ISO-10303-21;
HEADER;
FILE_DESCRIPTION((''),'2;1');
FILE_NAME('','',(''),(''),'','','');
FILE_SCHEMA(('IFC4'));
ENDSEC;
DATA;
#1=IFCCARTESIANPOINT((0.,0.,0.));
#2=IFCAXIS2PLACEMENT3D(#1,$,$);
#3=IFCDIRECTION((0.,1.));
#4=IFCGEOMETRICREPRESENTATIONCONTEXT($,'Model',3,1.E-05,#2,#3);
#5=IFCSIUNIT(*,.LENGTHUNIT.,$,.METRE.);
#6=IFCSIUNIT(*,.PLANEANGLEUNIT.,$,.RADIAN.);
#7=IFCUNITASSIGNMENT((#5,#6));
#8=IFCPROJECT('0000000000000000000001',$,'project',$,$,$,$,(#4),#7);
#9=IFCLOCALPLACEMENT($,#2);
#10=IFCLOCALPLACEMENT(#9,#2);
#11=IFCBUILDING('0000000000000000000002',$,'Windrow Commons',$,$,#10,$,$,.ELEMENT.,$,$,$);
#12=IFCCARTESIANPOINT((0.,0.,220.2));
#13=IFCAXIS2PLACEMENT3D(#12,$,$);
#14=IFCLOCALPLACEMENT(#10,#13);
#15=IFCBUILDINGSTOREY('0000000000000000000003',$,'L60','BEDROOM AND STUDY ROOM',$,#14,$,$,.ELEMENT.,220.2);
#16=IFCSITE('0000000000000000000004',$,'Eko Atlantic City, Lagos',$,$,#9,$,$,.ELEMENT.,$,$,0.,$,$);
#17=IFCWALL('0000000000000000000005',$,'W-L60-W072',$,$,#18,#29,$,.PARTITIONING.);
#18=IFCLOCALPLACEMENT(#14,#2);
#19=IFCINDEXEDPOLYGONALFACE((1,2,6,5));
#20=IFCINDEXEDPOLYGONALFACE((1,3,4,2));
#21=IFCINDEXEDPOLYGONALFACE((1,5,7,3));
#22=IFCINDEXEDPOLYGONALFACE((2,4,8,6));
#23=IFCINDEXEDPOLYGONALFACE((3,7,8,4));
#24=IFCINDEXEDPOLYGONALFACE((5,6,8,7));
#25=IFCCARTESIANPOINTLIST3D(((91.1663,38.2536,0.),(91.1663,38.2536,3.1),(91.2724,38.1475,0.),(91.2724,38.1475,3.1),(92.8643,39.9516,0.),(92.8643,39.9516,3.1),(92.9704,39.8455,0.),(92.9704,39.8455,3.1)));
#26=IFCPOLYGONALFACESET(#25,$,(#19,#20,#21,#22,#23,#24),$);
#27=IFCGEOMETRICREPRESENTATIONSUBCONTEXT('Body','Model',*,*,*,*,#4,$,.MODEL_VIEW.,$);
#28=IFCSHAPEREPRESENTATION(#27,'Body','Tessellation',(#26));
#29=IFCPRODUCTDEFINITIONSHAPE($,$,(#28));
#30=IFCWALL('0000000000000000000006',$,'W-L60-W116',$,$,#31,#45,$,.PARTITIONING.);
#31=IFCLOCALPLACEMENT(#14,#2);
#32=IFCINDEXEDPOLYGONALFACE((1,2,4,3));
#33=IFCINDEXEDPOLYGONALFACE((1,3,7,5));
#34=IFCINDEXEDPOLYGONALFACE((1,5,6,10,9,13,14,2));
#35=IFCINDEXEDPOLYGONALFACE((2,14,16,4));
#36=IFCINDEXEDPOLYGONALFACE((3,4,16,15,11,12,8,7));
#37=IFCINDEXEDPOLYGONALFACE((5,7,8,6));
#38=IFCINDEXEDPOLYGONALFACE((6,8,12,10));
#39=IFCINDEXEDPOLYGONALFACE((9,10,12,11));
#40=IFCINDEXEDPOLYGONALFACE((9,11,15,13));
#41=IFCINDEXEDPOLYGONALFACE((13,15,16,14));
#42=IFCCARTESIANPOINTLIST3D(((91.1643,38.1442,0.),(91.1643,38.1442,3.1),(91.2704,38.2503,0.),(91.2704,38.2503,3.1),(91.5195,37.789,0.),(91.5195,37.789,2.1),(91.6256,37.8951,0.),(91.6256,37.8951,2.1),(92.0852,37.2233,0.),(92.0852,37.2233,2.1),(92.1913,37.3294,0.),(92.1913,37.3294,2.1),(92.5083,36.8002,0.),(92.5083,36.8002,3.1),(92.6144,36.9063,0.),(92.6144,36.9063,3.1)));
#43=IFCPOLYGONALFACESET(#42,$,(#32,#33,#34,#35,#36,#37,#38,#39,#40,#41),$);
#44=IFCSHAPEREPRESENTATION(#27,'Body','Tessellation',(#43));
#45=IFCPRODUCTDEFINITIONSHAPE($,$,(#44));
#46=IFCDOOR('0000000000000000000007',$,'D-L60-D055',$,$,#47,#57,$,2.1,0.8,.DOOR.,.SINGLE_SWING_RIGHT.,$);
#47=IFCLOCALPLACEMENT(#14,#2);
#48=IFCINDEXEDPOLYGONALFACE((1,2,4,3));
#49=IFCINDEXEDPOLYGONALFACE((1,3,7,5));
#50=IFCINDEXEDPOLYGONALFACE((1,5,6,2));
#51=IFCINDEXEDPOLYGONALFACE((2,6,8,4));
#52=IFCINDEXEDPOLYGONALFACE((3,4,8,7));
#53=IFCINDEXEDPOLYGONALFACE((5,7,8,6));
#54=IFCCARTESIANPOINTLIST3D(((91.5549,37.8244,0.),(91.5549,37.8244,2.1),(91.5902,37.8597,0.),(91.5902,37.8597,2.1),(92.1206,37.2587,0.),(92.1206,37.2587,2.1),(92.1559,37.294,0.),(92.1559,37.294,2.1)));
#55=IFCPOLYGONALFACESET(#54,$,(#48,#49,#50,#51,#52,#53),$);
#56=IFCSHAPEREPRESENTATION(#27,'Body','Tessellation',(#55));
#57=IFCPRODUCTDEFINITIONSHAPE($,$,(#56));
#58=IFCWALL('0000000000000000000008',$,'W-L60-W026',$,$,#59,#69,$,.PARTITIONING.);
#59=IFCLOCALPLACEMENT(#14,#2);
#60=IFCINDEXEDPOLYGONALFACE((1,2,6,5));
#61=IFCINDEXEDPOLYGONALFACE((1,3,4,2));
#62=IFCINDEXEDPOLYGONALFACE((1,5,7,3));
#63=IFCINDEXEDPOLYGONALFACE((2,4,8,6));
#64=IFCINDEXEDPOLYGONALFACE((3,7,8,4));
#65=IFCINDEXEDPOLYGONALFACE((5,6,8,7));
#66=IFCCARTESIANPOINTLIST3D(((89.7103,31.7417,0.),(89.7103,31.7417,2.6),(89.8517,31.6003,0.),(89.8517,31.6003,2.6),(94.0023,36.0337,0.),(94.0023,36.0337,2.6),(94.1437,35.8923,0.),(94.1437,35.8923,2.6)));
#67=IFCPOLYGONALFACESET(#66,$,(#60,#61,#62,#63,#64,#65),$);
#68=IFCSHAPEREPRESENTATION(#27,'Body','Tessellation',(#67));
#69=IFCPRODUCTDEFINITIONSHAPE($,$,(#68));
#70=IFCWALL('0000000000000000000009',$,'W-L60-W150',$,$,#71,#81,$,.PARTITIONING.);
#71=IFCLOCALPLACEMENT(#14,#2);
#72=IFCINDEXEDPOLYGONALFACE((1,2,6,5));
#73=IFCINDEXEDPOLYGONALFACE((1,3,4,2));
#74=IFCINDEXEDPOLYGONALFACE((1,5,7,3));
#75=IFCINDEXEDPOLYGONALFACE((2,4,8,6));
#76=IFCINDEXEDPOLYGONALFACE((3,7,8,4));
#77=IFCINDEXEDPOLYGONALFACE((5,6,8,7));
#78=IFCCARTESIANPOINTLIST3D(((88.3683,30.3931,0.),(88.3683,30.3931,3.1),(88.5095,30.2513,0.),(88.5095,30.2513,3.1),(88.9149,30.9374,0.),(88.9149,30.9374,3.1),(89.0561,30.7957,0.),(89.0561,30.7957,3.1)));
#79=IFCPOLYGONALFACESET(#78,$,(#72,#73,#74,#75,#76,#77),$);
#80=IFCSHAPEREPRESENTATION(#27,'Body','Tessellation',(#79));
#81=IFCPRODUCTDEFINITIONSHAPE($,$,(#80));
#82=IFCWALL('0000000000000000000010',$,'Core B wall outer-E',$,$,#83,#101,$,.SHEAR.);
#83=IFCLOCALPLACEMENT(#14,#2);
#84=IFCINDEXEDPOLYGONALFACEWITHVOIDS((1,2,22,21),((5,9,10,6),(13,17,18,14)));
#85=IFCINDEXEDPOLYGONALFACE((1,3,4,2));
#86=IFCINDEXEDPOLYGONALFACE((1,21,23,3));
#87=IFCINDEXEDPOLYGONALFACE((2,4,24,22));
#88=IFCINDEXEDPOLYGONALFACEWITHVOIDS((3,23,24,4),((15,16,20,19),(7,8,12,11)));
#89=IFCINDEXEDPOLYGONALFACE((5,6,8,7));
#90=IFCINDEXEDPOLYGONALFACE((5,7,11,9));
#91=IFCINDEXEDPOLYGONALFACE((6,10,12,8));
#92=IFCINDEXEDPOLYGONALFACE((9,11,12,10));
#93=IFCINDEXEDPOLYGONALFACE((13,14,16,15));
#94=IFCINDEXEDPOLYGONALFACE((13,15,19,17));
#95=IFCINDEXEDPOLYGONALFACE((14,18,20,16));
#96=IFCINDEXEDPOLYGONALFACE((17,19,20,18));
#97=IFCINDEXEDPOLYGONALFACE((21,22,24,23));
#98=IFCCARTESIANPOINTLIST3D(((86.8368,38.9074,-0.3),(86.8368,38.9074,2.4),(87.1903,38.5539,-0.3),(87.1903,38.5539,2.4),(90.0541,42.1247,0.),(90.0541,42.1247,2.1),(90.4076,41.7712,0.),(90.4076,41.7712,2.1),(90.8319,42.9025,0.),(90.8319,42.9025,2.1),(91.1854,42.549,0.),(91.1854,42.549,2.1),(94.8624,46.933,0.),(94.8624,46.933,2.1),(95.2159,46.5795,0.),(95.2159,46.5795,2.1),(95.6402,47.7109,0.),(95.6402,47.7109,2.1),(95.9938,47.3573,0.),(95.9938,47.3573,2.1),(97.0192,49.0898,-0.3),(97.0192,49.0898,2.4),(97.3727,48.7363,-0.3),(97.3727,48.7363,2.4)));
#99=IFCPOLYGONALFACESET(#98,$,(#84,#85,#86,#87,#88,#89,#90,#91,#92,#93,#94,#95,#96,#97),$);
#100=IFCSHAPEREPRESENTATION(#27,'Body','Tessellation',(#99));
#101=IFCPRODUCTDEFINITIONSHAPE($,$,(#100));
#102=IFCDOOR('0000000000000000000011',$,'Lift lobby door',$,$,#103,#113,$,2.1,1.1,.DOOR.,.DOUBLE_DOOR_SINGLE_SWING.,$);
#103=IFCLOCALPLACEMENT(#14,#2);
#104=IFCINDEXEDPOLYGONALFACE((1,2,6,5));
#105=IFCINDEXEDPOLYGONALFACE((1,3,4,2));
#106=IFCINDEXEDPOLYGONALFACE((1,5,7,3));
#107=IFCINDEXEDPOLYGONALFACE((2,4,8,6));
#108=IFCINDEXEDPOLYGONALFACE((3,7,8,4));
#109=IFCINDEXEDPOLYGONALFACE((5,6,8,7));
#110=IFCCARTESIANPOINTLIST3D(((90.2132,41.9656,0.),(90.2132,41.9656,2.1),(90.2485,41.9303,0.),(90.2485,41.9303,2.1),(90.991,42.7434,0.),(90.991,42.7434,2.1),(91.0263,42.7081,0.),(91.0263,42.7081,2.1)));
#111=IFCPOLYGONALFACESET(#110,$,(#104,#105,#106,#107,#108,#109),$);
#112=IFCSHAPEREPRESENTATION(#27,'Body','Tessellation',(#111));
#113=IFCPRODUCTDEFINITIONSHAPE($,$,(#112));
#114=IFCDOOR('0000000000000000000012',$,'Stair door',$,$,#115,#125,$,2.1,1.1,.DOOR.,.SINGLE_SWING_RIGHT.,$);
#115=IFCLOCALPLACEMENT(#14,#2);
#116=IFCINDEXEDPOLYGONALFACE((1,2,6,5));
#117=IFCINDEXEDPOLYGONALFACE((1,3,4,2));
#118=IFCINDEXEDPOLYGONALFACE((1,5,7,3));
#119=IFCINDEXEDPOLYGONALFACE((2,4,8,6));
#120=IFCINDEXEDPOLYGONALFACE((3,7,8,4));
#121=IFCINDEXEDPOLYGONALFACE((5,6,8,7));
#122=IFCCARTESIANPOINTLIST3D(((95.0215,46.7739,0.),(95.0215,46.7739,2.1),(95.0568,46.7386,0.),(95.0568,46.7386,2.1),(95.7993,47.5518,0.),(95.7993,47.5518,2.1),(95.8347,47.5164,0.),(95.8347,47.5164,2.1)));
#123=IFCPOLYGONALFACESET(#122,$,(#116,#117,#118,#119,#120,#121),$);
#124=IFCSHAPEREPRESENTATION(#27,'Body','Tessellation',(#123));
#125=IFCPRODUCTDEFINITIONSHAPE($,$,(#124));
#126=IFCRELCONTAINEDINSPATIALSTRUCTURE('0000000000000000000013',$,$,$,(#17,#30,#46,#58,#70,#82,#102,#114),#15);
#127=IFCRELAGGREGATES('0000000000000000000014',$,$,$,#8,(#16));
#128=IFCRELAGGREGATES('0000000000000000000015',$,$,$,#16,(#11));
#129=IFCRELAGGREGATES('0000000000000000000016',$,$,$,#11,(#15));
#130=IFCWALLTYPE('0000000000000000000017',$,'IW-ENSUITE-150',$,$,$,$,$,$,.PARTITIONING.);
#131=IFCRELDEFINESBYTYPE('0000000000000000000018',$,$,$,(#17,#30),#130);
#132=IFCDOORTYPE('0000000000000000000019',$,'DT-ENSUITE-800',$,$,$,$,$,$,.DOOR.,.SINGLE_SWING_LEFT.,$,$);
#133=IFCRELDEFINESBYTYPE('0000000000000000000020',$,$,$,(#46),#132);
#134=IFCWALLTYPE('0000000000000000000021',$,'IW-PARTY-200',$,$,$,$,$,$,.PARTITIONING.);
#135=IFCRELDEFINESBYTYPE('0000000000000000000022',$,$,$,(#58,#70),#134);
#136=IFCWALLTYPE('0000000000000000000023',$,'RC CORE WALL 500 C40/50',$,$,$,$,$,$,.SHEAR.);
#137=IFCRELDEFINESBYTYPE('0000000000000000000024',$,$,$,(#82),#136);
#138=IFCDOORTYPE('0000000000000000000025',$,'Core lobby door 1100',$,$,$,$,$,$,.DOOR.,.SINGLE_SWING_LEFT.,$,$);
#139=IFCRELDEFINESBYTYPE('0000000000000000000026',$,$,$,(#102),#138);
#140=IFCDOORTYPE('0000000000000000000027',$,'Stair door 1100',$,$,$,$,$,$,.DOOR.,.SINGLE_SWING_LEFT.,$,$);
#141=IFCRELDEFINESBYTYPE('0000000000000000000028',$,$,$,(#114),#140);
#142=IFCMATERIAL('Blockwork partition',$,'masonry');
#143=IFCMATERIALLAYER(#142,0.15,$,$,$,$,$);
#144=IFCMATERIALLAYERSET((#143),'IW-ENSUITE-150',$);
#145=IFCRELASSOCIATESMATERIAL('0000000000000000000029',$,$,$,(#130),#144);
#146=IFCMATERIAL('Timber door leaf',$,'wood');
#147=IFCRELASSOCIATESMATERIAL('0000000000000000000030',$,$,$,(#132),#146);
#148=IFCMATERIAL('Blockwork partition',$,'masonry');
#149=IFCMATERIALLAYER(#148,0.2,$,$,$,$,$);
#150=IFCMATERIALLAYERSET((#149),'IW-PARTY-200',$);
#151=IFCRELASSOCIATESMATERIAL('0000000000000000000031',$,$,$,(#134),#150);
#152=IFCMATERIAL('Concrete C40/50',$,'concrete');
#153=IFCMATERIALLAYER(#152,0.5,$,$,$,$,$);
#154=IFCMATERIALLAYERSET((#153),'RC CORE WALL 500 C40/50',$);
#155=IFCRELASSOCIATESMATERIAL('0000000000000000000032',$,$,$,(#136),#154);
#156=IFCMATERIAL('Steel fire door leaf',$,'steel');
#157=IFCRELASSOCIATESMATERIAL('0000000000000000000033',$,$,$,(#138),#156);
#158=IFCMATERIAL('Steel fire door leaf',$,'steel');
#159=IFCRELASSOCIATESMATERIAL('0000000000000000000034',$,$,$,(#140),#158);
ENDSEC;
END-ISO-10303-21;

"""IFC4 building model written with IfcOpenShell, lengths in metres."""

from ifc_helpers import new_model, si_unit, direction, frame, frame_2d, origin, place, context, subcontext, project, spatial, rectangle, extrude, material, layer, layer_set, type_object, element, fill, save


model = new_model("IFC4")

# Units and contexts
model_context = context("Model", 3, precision=1e-05, world=origin(), true_north=direction((0.0, 1.0)))
body_context = subcontext(model_context, "Body", "Model", "MODEL_VIEW")
ifc_project = project(units=[si_unit("LENGTHUNIT", "METRE"), si_unit("PLANEANGLEUNIT", "RADIAN")], contexts=[model_context])

# Site, building, storey
site_placement = place(None, origin())
site = spatial("IfcSite", under=ifc_project, at=site_placement, Name="Eko Atlantic City, Lagos", CompositionType="ELEMENT", RefElevation=0.0)
building_placement = place(site_placement, origin())
building = spatial("IfcBuilding", under=site, at=building_placement, Name="Windrow Commons", CompositionType="ELEMENT")
storey_placement = place(building_placement, frame((0.0, 0.0, 220.2)))
storey = spatial("IfcBuildingStorey", under=building, at=storey_placement, Name="L60", Description="BEDROOM AND STUDY ROOM", CompositionType="ELEMENT", Elevation=220.2)

# Wall
ifc_material_1 = material(Name="Blockwork partition", Category="masonry")
ifc_layer_1 = layer(ifc_material_1, 0.15)
ifc_layer_set_1 = layer_set([ifc_layer_1], Name="IW-ENSUITE-150")
wall_type_1 = type_object("IfcWallType", Name="IW-ENSUITE-150", PredefinedType="PARTITIONING", material=ifc_layer_set_1)
wall_1_placement = place(storey_placement, frame((91.2194, 38.2006, 0.0), z_axis=(0.0, 0.0, 1.0), x_axis=(0.707107, 0.707107, 0.0)))
element("IfcWall", 1, at=wall_1_placement, inside=storey, type_object=wall_type_1, Name="W-L60-W072", PredefinedType="PARTITIONING", context=body_context, shape_type="SweptSolid", body=[
    extrude(rectangle(XDim=2.4013, YDim=0.15, at=frame_2d((1.2006, 0.0))), origin(), (0.0, 0.0, 1.0), 3.1),
])

# Wall, opening, door
wall_2_placement = place(storey_placement, frame((91.2173, 38.1973, 0.0), z_axis=(0.0, 0.0, 1.0), x_axis=(0.707107, -0.707107, 0.0)))
wall_2 = element("IfcWall", 2, at=wall_2_placement, inside=storey, type_object=wall_type_1, Name="W-L60-W116", PredefinedType="PARTITIONING", context=body_context, shape_type="SweptSolid", body=[
    extrude(rectangle(XDim=1.9007, YDim=0.15, at=frame_2d((0.9504, 0.0))), origin(), (0.0, 0.0, 1.0), 3.1),
])
opening_1_placement = place(wall_2_placement, frame((0.5024, 0.0, 0.0)))
opening_1 = element("IfcOpeningElement", 3, at=opening_1_placement, cuts=wall_2, PredefinedType="OPENING", context=body_context, shape_type="SweptSolid", body=[
    extrude(rectangle(XDim=0.8, YDim=2.1, at=frame_2d((0.4, 1.05))), frame((0.0, 0.085, 0.0), z_axis=(0.0, -1.0, 0.0), x_axis=(1.0, 0.0, 0.0)), (0.0, 0.0, 1.0), 0.17),
])
ifc_material_2 = material(Name="Timber door leaf", Category="wood")
door_type_1 = type_object("IfcDoorType", Name="DT-ENSUITE-800", OperationType="SINGLE_SWING_LEFT", PredefinedType="DOOR", material=ifc_material_2)
door_1_placement = place(opening_1_placement, origin())
door_1 = element("IfcDoor", 4, at=door_1_placement, inside=storey, type_object=door_type_1, Name="D-L60-D055", OperationType="SINGLE_SWING_RIGHT", OverallHeight=2.1, OverallWidth=0.8, PredefinedType="DOOR", context=body_context, shape_type="SweptSolid", body=[
    extrude(rectangle(XDim=0.8, YDim=2.1, at=frame_2d((0.4, 1.05))), frame((0.0, 0.025, 0.0), z_axis=(0.0, -1.0, 0.0), x_axis=(1.0, 0.0, 0.0)), (0.0, 0.0, 1.0), 0.05),
])
fill(opening_1, door_1)

# Walls
ifc_material_3 = material(Name="Blockwork partition", Category="masonry")
ifc_layer_2 = layer(ifc_material_3, 0.2)
ifc_layer_set_2 = layer_set([ifc_layer_2], Name="IW-PARTY-200")
wall_type_2 = type_object("IfcWallType", Name="IW-PARTY-200", PredefinedType="PARTITIONING", material=ifc_layer_set_2)
wall_3_placement = place(storey_placement, frame((89.781, 31.671, 0.0), z_axis=(0.0, 0.0, 1.0), x_axis=(0.707107, 0.707107, 0.0)))
element("IfcWall", 5, at=wall_3_placement, inside=storey, type_object=wall_type_2, Name="W-L60-W026", PredefinedType="PARTITIONING", context=body_context, shape_type="SweptSolid", body=[
    extrude(rectangle(XDim=6.0698, YDim=0.2, at=frame_2d((3.0349, 0.0))), origin(), (0.0, 0.0, 1.0), 2.6),
])
wall_4_placement = place(storey_placement, frame((88.4389, 30.3222, 0.0), z_axis=(0.0, 0.0, 1.0), x_axis=(0.708596, 0.705614, 0.0)))
element("IfcWall", 6, at=wall_4_placement, inside=storey, type_object=wall_type_2, Name="W-L60-W150", PredefinedType="PARTITIONING", context=body_context, shape_type="SweptSolid", body=[
    extrude(rectangle(XDim=0.7714, YDim=0.2, at=frame_2d((0.3857, 0.0))), origin(), (0.0, 0.0, 1.0), 3.1),
])

# Wall, openings, doors
ifc_material_4 = material(Name="Concrete C40/50", Category="concrete")
ifc_layer_3 = layer(ifc_material_4, 0.5)
ifc_layer_set_3 = layer_set([ifc_layer_3], Name="RC CORE WALL 500 C40/50")
wall_type_3 = type_object("IfcWallType", Name="RC CORE WALL 500 C40/50", PredefinedType="SHEAR", material=ifc_layer_set_3)
wall_5_placement = place(storey_placement, frame((87.0135, 38.7306, -0.3), z_axis=(0.0, 0.0, 1.0), x_axis=(0.707107, 0.707107, 0.0)))
wall_5 = element("IfcWall", 7, at=wall_5_placement, inside=storey, type_object=wall_type_3, Name="Core B wall outer-E", PredefinedType="SHEAR", context=body_context, shape_type="SweptSolid", body=[
    extrude(rectangle(XDim=14.4001, YDim=0.5, at=frame_2d((7.2001, 0.0))), origin(), (0.0, 0.0, 1.0), 2.7),
])
opening_2_placement = place(wall_5_placement, frame((4.55, 0.0, 0.3)))
opening_2 = element("IfcOpeningElement", 8, at=opening_2_placement, cuts=wall_5, PredefinedType="OPENING", context=body_context, shape_type="SweptSolid", body=[
    extrude(rectangle(XDim=1.1, YDim=2.1, at=frame_2d((0.55, 1.05))), frame((0.0, 0.26, 0.0), z_axis=(0.0, -1.0, 0.0), x_axis=(1.0, 0.0, 0.0)), (0.0, 0.0, 1.0), 0.52),
])
opening_3_placement = place(wall_5_placement, frame((11.35, 0.0, 0.3)))
opening_3 = element("IfcOpeningElement", 9, at=opening_3_placement, cuts=wall_5, PredefinedType="OPENING", context=body_context, shape_type="SweptSolid", body=[
    extrude(rectangle(XDim=1.1, YDim=2.1, at=frame_2d((0.55, 1.05))), frame((0.0, 0.26, 0.0), z_axis=(0.0, -1.0, 0.0), x_axis=(1.0, 0.0, 0.0)), (0.0, 0.0, 1.0), 0.52),
])
ifc_material_5 = material(Name="Steel fire door leaf", Category="steel")
door_type_2 = type_object("IfcDoorType", Name="Core lobby door 1100", OperationType="SINGLE_SWING_LEFT", PredefinedType="DOOR", material=ifc_material_5)
door_2_placement = place(opening_2_placement, origin())
door_2 = element("IfcDoor", 10, at=door_2_placement, inside=storey, type_object=door_type_2, Name="Lift lobby door", OperationType="DOUBLE_DOOR_SINGLE_SWING", OverallHeight=2.1, OverallWidth=1.1, PredefinedType="DOOR", context=body_context, shape_type="SweptSolid", body=[
    extrude(rectangle(XDim=1.1, YDim=2.1, at=frame_2d((0.55, 1.05))), frame((0.0, 0.025, 0.0), z_axis=(0.0, -1.0, 0.0), x_axis=(1.0, 0.0, 0.0)), (0.0, 0.0, 1.0), 0.05),
])
fill(opening_2, door_2)
ifc_material_6 = material(Name="Steel fire door leaf", Category="steel")
door_type_3 = type_object("IfcDoorType", Name="Stair door 1100", OperationType="SINGLE_SWING_LEFT", PredefinedType="DOOR", material=ifc_material_6)
door_3_placement = place(opening_3_placement, origin())
door_3 = element("IfcDoor", 11, at=door_3_placement, inside=storey, type_object=door_type_3, Name="Stair door", OperationType="SINGLE_SWING_RIGHT", OverallHeight=2.1, OverallWidth=1.1, PredefinedType="DOOR", context=body_context, shape_type="SweptSolid", body=[
    extrude(rectangle(XDim=1.1, YDim=2.1, at=frame_2d((0.55, 1.05))), frame((0.0, 0.025, 0.0), z_axis=(0.0, -1.0, 0.0), x_axis=(1.0, 0.0, 0.0)), (0.0, 0.0, 1.0), 0.05),
])
fill(opening_3, door_3)

save(model, "model.ifc")
